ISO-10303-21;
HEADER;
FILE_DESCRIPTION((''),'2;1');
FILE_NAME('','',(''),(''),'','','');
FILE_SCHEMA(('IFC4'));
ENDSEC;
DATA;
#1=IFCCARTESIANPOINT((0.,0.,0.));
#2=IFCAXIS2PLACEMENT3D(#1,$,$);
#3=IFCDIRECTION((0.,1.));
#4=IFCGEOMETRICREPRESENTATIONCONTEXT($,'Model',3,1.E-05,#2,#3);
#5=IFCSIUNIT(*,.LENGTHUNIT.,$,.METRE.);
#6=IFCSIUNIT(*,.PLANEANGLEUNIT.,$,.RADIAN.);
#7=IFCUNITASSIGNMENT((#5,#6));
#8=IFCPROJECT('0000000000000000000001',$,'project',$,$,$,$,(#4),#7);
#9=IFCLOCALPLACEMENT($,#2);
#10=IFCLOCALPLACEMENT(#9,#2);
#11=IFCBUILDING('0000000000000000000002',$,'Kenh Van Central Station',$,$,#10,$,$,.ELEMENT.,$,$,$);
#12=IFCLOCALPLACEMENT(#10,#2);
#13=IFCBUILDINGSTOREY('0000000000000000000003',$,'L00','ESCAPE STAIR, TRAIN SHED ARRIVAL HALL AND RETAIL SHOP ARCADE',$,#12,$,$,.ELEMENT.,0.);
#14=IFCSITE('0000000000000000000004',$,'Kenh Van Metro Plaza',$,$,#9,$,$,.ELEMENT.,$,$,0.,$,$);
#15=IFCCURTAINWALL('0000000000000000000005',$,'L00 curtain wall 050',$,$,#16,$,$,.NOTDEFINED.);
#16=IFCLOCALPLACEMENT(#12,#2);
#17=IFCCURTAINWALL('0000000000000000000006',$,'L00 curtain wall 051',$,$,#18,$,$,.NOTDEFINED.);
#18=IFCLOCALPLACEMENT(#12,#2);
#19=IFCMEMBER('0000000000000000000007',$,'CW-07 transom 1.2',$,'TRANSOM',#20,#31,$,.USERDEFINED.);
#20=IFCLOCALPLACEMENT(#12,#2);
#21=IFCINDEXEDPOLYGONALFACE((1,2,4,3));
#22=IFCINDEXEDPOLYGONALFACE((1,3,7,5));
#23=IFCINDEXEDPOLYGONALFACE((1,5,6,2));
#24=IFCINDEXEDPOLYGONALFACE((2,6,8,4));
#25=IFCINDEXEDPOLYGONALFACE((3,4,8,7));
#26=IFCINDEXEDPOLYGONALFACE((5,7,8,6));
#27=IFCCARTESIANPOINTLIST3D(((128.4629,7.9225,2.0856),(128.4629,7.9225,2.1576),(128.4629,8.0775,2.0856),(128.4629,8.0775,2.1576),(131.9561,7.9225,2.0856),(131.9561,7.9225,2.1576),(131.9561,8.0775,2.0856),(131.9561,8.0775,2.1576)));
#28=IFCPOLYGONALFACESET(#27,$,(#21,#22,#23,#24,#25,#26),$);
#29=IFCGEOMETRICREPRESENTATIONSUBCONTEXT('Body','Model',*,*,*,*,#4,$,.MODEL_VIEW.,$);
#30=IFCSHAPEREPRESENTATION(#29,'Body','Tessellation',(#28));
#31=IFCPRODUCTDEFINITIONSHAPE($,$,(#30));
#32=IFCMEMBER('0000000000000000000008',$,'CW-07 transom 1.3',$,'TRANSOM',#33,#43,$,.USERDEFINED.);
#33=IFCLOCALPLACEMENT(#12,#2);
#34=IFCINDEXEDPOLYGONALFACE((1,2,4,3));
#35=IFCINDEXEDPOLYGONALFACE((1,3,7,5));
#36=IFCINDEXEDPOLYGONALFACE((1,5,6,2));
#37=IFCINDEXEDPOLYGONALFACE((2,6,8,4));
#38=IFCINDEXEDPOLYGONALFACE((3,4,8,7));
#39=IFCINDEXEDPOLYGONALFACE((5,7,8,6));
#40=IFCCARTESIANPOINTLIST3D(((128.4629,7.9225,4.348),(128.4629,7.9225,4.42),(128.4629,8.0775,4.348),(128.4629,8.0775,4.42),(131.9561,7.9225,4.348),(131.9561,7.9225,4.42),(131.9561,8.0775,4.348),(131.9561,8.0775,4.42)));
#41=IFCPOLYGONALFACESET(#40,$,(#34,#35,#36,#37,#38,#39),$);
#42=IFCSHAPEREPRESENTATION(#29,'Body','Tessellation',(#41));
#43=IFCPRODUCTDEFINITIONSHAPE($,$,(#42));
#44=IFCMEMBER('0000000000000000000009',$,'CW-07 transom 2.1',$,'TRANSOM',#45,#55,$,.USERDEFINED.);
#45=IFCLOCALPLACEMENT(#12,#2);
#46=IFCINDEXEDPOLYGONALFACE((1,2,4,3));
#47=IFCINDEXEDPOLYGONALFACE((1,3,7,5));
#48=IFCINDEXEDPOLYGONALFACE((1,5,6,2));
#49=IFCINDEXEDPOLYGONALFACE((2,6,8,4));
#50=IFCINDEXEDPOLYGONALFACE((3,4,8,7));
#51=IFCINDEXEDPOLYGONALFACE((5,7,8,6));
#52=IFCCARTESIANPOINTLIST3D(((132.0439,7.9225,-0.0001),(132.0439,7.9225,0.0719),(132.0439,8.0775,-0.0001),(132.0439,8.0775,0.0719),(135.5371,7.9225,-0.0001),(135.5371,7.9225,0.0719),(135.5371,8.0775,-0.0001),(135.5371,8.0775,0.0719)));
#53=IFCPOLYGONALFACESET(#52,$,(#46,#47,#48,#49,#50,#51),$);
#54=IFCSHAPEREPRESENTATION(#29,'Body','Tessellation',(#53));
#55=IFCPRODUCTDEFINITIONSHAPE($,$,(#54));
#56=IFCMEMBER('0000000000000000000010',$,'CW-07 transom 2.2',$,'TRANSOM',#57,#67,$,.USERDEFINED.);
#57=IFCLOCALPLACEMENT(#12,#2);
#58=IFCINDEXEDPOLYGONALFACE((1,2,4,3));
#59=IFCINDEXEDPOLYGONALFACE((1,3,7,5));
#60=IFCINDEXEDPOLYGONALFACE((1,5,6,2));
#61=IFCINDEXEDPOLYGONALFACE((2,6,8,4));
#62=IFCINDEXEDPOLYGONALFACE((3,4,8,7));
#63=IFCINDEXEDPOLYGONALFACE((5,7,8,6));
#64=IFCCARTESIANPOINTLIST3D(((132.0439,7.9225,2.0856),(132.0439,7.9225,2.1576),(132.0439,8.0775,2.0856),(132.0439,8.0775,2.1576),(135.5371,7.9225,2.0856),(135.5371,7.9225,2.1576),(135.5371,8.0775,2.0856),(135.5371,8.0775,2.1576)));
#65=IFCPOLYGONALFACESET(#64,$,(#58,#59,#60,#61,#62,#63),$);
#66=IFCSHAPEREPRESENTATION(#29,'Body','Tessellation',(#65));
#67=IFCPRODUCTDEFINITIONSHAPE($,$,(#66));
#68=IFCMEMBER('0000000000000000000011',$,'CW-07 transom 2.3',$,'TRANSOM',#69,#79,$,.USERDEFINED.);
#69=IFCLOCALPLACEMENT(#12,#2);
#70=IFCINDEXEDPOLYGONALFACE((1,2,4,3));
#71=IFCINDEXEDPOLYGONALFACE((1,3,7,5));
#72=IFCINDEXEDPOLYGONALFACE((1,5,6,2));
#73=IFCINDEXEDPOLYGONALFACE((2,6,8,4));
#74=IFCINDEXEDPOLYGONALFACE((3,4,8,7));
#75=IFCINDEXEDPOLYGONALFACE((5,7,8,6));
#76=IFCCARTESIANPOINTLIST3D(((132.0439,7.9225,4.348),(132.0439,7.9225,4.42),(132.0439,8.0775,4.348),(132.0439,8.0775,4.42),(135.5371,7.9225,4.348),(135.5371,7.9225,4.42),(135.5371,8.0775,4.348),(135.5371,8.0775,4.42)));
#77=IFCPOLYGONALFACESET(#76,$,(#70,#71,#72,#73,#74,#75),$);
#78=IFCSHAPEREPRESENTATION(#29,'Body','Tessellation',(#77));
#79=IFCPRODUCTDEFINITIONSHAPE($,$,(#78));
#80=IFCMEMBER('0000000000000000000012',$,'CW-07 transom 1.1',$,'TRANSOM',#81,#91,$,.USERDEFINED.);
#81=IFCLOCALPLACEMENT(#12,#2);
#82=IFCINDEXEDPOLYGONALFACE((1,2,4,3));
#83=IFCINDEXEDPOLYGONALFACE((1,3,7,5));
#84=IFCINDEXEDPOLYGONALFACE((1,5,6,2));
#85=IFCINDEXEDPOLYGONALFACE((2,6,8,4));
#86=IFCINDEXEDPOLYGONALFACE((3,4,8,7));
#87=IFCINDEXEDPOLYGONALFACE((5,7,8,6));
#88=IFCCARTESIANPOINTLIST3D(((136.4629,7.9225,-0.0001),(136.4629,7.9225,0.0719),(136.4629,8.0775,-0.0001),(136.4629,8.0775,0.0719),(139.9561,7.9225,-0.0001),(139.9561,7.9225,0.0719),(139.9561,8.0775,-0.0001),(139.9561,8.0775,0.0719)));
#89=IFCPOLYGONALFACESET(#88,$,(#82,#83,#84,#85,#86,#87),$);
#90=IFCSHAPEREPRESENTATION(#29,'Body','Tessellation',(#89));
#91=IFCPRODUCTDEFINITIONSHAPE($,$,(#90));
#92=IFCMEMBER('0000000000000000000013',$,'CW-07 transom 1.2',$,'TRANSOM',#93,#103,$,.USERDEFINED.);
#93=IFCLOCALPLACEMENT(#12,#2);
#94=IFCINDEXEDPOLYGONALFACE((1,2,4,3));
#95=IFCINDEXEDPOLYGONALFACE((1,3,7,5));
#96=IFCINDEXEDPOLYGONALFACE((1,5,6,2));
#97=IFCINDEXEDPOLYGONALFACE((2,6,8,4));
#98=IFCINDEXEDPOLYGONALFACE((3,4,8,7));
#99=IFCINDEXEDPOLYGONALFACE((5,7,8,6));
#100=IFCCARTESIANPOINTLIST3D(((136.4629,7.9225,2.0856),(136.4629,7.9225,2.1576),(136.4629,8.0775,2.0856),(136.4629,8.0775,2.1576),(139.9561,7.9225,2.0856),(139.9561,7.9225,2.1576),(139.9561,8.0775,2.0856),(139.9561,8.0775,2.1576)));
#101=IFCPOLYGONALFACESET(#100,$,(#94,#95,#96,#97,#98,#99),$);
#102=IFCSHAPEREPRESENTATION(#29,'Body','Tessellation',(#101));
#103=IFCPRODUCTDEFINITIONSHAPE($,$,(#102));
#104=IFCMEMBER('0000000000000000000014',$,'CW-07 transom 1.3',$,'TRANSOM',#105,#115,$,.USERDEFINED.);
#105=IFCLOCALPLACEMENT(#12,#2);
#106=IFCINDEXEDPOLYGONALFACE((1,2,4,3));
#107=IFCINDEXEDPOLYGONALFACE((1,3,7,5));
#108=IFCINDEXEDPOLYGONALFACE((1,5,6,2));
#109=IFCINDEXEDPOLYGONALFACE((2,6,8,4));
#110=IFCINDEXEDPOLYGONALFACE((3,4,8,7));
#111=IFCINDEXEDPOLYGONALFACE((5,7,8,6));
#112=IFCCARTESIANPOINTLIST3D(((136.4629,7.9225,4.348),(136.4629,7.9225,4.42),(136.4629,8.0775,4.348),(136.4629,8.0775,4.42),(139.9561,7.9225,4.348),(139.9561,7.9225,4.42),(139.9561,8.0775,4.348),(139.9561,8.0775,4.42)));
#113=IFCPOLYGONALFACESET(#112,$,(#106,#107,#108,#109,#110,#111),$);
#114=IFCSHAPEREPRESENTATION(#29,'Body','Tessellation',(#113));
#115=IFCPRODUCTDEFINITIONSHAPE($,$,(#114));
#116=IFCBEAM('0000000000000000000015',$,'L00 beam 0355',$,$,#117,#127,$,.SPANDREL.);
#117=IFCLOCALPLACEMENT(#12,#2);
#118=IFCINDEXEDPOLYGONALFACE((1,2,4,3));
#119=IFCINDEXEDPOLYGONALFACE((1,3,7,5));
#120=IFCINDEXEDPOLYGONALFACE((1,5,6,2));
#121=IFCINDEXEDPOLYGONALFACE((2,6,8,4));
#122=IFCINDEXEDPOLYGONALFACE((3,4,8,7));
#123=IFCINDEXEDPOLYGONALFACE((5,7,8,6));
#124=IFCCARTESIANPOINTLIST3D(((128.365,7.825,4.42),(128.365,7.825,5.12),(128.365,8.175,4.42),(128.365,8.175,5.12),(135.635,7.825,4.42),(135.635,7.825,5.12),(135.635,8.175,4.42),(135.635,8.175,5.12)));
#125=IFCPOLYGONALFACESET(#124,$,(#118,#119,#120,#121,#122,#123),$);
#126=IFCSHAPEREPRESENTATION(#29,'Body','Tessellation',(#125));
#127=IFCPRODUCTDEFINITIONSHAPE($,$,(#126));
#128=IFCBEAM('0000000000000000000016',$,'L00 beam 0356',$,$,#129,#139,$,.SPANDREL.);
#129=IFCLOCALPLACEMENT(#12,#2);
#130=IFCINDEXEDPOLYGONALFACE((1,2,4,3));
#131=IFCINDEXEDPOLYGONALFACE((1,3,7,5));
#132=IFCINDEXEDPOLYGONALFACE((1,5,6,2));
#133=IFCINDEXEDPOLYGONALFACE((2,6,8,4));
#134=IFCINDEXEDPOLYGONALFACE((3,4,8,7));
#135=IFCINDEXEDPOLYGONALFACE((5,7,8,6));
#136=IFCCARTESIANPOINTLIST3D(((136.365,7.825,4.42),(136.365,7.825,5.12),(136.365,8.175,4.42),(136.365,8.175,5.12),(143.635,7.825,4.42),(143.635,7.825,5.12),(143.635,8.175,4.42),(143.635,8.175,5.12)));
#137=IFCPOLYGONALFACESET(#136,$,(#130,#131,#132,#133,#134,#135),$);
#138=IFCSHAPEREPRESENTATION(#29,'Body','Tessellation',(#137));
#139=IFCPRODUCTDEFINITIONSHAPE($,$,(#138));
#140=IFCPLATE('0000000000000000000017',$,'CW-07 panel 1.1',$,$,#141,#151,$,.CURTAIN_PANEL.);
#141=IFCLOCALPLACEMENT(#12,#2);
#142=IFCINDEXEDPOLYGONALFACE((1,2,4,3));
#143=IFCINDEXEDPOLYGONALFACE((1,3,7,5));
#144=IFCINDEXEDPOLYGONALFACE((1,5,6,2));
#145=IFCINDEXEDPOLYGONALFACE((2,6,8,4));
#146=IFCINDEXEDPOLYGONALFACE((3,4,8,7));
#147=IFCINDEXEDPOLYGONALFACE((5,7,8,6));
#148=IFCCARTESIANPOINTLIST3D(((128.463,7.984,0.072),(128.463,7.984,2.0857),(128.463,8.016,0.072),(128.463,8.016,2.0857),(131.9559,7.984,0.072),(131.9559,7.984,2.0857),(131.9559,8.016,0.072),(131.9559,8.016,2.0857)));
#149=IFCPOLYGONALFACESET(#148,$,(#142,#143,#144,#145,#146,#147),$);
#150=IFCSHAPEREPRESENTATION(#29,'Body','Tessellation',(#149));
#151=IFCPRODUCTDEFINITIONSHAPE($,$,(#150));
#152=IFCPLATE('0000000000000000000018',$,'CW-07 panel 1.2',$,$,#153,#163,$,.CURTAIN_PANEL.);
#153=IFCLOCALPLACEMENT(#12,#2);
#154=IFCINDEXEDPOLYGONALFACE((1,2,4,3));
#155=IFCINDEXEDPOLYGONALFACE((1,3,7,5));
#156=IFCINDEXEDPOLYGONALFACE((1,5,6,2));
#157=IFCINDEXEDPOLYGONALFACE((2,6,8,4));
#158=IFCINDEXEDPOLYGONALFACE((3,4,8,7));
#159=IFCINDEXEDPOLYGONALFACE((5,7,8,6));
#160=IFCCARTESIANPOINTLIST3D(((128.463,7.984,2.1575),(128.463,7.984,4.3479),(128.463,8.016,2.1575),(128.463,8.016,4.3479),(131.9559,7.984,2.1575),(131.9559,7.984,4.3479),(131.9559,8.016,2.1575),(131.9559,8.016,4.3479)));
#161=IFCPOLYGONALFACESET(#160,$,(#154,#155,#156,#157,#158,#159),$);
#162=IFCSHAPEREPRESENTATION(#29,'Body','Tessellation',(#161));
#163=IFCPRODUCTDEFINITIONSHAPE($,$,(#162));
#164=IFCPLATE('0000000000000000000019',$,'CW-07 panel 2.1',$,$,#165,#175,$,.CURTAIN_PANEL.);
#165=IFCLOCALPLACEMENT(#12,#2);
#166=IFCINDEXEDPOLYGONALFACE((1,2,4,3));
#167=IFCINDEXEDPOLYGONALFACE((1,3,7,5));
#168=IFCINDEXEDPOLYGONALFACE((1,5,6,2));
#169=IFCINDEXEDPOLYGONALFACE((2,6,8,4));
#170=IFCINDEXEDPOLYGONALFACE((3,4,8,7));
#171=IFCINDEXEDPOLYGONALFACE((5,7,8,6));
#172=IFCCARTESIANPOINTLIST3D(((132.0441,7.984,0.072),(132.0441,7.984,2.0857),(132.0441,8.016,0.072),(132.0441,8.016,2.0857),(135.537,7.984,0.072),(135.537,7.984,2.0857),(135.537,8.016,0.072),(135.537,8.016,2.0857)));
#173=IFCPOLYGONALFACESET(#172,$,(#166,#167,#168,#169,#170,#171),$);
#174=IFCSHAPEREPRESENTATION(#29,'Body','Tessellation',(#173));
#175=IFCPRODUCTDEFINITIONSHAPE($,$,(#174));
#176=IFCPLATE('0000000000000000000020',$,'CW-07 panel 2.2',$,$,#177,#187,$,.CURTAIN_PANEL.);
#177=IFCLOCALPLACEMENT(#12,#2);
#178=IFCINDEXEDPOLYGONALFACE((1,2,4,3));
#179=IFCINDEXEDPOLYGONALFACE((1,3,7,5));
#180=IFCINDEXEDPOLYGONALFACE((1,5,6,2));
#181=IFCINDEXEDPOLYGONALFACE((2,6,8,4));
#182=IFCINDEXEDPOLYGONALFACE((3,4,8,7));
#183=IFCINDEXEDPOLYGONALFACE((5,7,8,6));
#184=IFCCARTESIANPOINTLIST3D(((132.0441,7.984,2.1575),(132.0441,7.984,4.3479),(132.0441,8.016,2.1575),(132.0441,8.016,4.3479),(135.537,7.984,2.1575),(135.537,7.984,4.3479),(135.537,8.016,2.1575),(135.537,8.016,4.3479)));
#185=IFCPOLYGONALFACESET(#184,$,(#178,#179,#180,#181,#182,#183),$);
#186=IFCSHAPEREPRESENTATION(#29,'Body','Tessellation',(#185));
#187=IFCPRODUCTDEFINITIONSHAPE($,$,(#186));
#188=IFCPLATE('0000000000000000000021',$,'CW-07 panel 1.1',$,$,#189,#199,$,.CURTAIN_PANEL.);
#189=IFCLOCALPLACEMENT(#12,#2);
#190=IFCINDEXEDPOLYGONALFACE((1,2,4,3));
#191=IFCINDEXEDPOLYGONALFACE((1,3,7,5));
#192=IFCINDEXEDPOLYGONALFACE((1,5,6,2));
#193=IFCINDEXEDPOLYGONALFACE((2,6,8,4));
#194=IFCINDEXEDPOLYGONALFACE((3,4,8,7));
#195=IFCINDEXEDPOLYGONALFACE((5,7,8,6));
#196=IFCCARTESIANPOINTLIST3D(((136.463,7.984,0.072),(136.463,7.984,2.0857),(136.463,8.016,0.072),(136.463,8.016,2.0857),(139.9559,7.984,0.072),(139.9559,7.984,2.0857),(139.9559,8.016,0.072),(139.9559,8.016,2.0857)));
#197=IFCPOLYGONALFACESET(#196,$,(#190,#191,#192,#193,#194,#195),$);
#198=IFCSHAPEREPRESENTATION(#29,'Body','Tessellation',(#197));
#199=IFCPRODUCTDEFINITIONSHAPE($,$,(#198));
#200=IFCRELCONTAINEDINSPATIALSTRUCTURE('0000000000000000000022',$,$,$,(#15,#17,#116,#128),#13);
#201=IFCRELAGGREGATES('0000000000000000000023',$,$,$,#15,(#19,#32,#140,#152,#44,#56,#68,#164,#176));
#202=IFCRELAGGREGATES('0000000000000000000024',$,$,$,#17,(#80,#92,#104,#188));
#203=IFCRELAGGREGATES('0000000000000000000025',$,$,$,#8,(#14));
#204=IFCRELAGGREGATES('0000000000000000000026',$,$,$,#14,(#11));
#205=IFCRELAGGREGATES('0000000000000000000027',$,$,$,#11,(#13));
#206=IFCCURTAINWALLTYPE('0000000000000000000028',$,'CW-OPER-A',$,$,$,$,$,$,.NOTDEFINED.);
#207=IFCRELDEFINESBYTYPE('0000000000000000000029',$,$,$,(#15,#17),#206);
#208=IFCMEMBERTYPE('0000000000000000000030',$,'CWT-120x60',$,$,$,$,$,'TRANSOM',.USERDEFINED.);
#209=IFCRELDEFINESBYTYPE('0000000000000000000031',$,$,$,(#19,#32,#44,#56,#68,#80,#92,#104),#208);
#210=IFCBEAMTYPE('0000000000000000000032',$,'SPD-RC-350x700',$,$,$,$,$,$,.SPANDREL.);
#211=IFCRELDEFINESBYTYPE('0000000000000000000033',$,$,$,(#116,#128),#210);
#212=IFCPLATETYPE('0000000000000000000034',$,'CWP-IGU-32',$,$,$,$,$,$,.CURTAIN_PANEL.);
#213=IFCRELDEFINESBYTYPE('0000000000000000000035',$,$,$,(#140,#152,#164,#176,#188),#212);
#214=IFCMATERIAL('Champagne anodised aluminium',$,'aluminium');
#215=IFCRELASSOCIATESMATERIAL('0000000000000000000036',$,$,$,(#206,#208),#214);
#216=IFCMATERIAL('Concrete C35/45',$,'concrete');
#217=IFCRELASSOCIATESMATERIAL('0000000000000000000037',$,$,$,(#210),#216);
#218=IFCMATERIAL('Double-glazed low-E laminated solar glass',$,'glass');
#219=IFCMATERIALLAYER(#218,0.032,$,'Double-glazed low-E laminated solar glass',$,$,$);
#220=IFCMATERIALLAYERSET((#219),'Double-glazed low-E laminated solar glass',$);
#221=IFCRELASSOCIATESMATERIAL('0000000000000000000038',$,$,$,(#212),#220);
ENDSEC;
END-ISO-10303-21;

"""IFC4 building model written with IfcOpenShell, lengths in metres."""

from ifc_helpers import new_model, si_unit, direction, frame, origin, origin_2d, place, context, subcontext, project, spatial, rectangle, extrude, material, layer, layer_set, material_profile, profile_set, type_object, element, aggregate, save


model = new_model("IFC4")

# Units and contexts
model_context = context("Model", 3, precision=1e-05, world=origin(), true_north=direction((0.0, 1.0)))
body_context = subcontext(model_context, "Body", "Model", "MODEL_VIEW")
ifc_project = project(units=[si_unit("LENGTHUNIT", "METRE"), si_unit("PLANEANGLEUNIT", "RADIAN")], contexts=[model_context])

# Site, building, storey
site_placement = place(None, origin())
site = spatial("IfcSite", under=ifc_project, at=site_placement, Name="Kenh Van Metro Plaza", CompositionType="ELEMENT", RefElevation=0.0)
building_placement = place(site_placement, origin())
building = spatial("IfcBuilding", under=site, at=building_placement, Name="Kenh Van Central Station", CompositionType="ELEMENT")
storey_placement = place(building_placement, origin())
storey = spatial("IfcBuildingStorey", under=building, at=storey_placement, Name="L00", Description="ESCAPE STAIR, TRAIN SHED ARRIVAL HALL AND RETAIL SHOP ARCADE", CompositionType="ELEMENT", Elevation=0.0)

# Shared definitions
ifc_material_1 = material(Name="Concrete C35/45", Category="concrete")

# Curtain wall
ifc_material_2 = material(Name="Champagne anodised aluminium", Category="aluminium")
curtain_wall_type = type_object("IfcCurtainWallType", Name="CW-OPER-A", PredefinedType="NOTDEFINED", material=ifc_material_2)
curtain_wall_1_placement = place(storey_placement, origin())
curtain_wall_1 = element("IfcCurtainWall", 1, at=curtain_wall_1_placement, inside=storey, type_object=curtain_wall_type, Name="L00 curtain wall 050", PredefinedType="NOTDEFINED")

# Curtain wall
curtain_wall_2_placement = place(storey_placement, origin())
curtain_wall_2 = element("IfcCurtainWall", 2, at=curtain_wall_2_placement, inside=storey, type_object=curtain_wall_type, Name="L00 curtain wall 051", PredefinedType="NOTDEFINED")

# Members
ifc_material_profile_1 = material_profile(ifc_material_2, rectangle(XDim=0.155, YDim=0.072, at=origin_2d()), Name="AL 155x72")
ifc_profile_set_1 = profile_set([ifc_material_profile_1], Name="Champagne anodised aluminium")
member_type_1 = type_object("IfcMemberType", Name="CWT-120x60", ElementType="TRANSOM", PredefinedType="USERDEFINED", material=ifc_profile_set_1)
member_1_placement = place(storey_placement, frame((128.4629, 8.0, 2.1216), z_axis=(1.0, 0.0, 0.0), x_axis=(0.0, 1.0, 0.0)))
member_1 = element("IfcMember", 3, at=member_1_placement, type_object=member_type_1, Name="CW-07 transom 1.2", ObjectType="TRANSOM", PredefinedType="USERDEFINED", context=body_context, shape_type="SweptSolid", body=[
    extrude(rectangle(XDim=0.155, YDim=0.072, at=origin_2d()), origin(), (0.0, 0.0, 1.0), 3.4932),
])
member_2_placement = place(storey_placement, frame((128.4629, 8.0, 4.384), z_axis=(1.0, 0.0, 0.0), x_axis=(0.0, 1.0, 0.0)))
member_2 = element("IfcMember", 4, at=member_2_placement, type_object=member_type_1, Name="CW-07 transom 1.3", ObjectType="TRANSOM", PredefinedType="USERDEFINED", context=body_context, shape_type="SweptSolid", body=[
    extrude(rectangle(XDim=0.155, YDim=0.072, at=origin_2d()), origin(), (0.0, 0.0, 1.0), 3.4932),
])
member_3_placement = place(storey_placement, frame((132.0439, 8.0, 0.0359), z_axis=(1.0, 0.0, 0.0), x_axis=(0.0, 1.0, 0.0)))
member_3 = element("IfcMember", 5, at=member_3_placement, type_object=member_type_1, Name="CW-07 transom 2.1", ObjectType="TRANSOM", PredefinedType="USERDEFINED", context=body_context, shape_type="SweptSolid", body=[
    extrude(rectangle(XDim=0.155, YDim=0.072, at=origin_2d()), origin(), (0.0, 0.0, 1.0), 3.4932),
])
member_4_placement = place(storey_placement, frame((132.0439, 8.0, 2.1216), z_axis=(1.0, 0.0, 0.0), x_axis=(0.0, 1.0, 0.0)))
member_4 = element("IfcMember", 6, at=member_4_placement, type_object=member_type_1, Name="CW-07 transom 2.2", ObjectType="TRANSOM", PredefinedType="USERDEFINED", context=body_context, shape_type="SweptSolid", body=[
    extrude(rectangle(XDim=0.155, YDim=0.072, at=origin_2d()), origin(), (0.0, 0.0, 1.0), 3.4932),
])
member_5_placement = place(storey_placement, frame((132.0439, 8.0, 4.384), z_axis=(1.0, 0.0, 0.0), x_axis=(0.0, 1.0, 0.0)))
member_5 = element("IfcMember", 7, at=member_5_placement, type_object=member_type_1, Name="CW-07 transom 2.3", ObjectType="TRANSOM", PredefinedType="USERDEFINED", context=body_context, shape_type="SweptSolid", body=[
    extrude(rectangle(XDim=0.155, YDim=0.072, at=origin_2d()), origin(), (0.0, 0.0, 1.0), 3.4932),
])
member_6_placement = place(storey_placement, frame((136.4629, 8.0, 0.0359), z_axis=(1.0, 0.0, 0.0), x_axis=(0.0, 1.0, 0.0)))
member_6 = element("IfcMember", 8, at=member_6_placement, type_object=member_type_1, Name="CW-07 transom 1.1", ObjectType="TRANSOM", PredefinedType="USERDEFINED", context=body_context, shape_type="SweptSolid", body=[
    extrude(rectangle(XDim=0.155, YDim=0.072, at=origin_2d()), origin(), (0.0, 0.0, 1.0), 3.4932),
])
member_7_placement = place(storey_placement, frame((136.4629, 8.0, 2.1216), z_axis=(1.0, 0.0, 0.0), x_axis=(0.0, 1.0, 0.0)))
member_7 = element("IfcMember", 9, at=member_7_placement, type_object=member_type_1, Name="CW-07 transom 1.2", ObjectType="TRANSOM", PredefinedType="USERDEFINED", context=body_context, shape_type="SweptSolid", body=[
    extrude(rectangle(XDim=0.155, YDim=0.072, at=origin_2d()), origin(), (0.0, 0.0, 1.0), 3.4932),
])
member_8_placement = place(storey_placement, frame((136.4629, 8.0, 4.384), z_axis=(1.0, 0.0, 0.0), x_axis=(0.0, 1.0, 0.0)))
member_8 = element("IfcMember", 10, at=member_8_placement, type_object=member_type_1, Name="CW-07 transom 1.3", ObjectType="TRANSOM", PredefinedType="USERDEFINED", context=body_context, shape_type="SweptSolid", body=[
    extrude(rectangle(XDim=0.155, YDim=0.072, at=origin_2d()), origin(), (0.0, 0.0, 1.0), 3.4932),
])

# Beams
ifc_material_profile_2 = material_profile(ifc_material_1, rectangle(XDim=0.3501, YDim=0.7, at=origin_2d()), Name="RC 350x700")
ifc_profile_set_2 = profile_set([ifc_material_profile_2], Name="Concrete C35/45")
beam_type_1 = type_object("IfcBeamType", Name="SPD-RC-350x700", PredefinedType="SPANDREL", material=ifc_profile_set_2)
for number, where, z_axis, x_axis, name in (
    (11, (128.365, 8.0, 4.77), (1.0, 0.0, 0.0), (0.0, 1.0, 0.0), "L00 beam 0355"),
    (12, (136.365, 8.0, 4.77), (1.0, 0.0, 0.0), (0.0, 1.0, 0.0), "L00 beam 0356"),
):
    element("IfcBeam", number, at=place(storey_placement, frame(where, z_axis=z_axis, x_axis=x_axis)), inside=storey, type_object=beam_type_1, Name=name, PredefinedType="SPANDREL", context=body_context, shape_type="SweptSolid", body=[
        extrude(rectangle(XDim=0.3501, YDim=0.7, at=origin_2d()), origin(), (0.0, 0.0, 1.0), 7.27),
    ])

# Plates
ifc_material_3 = material(Name="Double-glazed low-E laminated solar glass", Category="glass")
ifc_layer_1 = layer(ifc_material_3, 0.032, Name="Double-glazed low-E laminated solar glass")
ifc_layer_set_1 = layer_set([ifc_layer_1], Name="Double-glazed low-E laminated solar glass")
plate_type = type_object("IfcPlateType", Name="CWP-IGU-32", PredefinedType="CURTAIN_PANEL", material=ifc_layer_set_1)
plate_1_placement = place(storey_placement, frame((130.2095, 8.0, 0.072), z_axis=(0.0, 0.0, 1.0), x_axis=(1.0, 0.0, 0.0)))
plate_1 = element("IfcPlate", 13, at=plate_1_placement, type_object=plate_type, Name="CW-07 panel 1.1", PredefinedType="CURTAIN_PANEL", context=body_context, shape_type="SweptSolid", body=[
    extrude(rectangle(XDim=3.4929, YDim=0.032, at=origin_2d()), origin(), (0.0, 0.0, 1.0), 2.0137),
])
plate_2_placement = place(storey_placement, frame((130.2095, 8.0, 2.1575), z_axis=(0.0, 0.0, 1.0), x_axis=(1.0, 0.0, 0.0)))
plate_2 = element("IfcPlate", 14, at=plate_2_placement, type_object=plate_type, Name="CW-07 panel 1.2", PredefinedType="CURTAIN_PANEL", context=body_context, shape_type="SweptSolid", body=[
    extrude(rectangle(XDim=3.4929, YDim=0.032, at=origin_2d()), origin(), (0.0, 0.0, 1.0), 2.1904),
])
plate_3_placement = place(storey_placement, frame((133.7905, 8.0, 0.072), z_axis=(0.0, 0.0, 1.0), x_axis=(1.0, 0.0, 0.0)))
plate_3 = element("IfcPlate", 15, at=plate_3_placement, type_object=plate_type, Name="CW-07 panel 2.1", PredefinedType="CURTAIN_PANEL", context=body_context, shape_type="SweptSolid", body=[
    extrude(rectangle(XDim=3.4929, YDim=0.032, at=origin_2d()), origin(), (0.0, 0.0, 1.0), 2.0137),
])
plate_4_placement = place(storey_placement, frame((133.7905, 8.0, 2.1575), z_axis=(0.0, 0.0, 1.0), x_axis=(1.0, 0.0, 0.0)))
plate_4 = element("IfcPlate", 16, at=plate_4_placement, type_object=plate_type, Name="CW-07 panel 2.2", PredefinedType="CURTAIN_PANEL", context=body_context, shape_type="SweptSolid", body=[
    extrude(rectangle(XDim=3.4929, YDim=0.032, at=origin_2d()), origin(), (0.0, 0.0, 1.0), 2.1904),
])
aggregate(curtain_wall_1, [member_1, member_2, plate_1, plate_2, member_3, member_4, member_5, plate_3, plate_4])
plate_5_placement = place(storey_placement, frame((138.2095, 8.0, 0.072), z_axis=(0.0, 0.0, 1.0), x_axis=(1.0, 0.0, 0.0)))
plate_5 = element("IfcPlate", 17, at=plate_5_placement, type_object=plate_type, Name="CW-07 panel 1.1", PredefinedType="CURTAIN_PANEL", context=body_context, shape_type="SweptSolid", body=[
    extrude(rectangle(XDim=3.4929, YDim=0.032, at=origin_2d()), origin(), (0.0, 0.0, 1.0), 2.0137),
])
aggregate(curtain_wall_2, [member_6, member_7, member_8, plate_5])

save(model, "model.ifc")
